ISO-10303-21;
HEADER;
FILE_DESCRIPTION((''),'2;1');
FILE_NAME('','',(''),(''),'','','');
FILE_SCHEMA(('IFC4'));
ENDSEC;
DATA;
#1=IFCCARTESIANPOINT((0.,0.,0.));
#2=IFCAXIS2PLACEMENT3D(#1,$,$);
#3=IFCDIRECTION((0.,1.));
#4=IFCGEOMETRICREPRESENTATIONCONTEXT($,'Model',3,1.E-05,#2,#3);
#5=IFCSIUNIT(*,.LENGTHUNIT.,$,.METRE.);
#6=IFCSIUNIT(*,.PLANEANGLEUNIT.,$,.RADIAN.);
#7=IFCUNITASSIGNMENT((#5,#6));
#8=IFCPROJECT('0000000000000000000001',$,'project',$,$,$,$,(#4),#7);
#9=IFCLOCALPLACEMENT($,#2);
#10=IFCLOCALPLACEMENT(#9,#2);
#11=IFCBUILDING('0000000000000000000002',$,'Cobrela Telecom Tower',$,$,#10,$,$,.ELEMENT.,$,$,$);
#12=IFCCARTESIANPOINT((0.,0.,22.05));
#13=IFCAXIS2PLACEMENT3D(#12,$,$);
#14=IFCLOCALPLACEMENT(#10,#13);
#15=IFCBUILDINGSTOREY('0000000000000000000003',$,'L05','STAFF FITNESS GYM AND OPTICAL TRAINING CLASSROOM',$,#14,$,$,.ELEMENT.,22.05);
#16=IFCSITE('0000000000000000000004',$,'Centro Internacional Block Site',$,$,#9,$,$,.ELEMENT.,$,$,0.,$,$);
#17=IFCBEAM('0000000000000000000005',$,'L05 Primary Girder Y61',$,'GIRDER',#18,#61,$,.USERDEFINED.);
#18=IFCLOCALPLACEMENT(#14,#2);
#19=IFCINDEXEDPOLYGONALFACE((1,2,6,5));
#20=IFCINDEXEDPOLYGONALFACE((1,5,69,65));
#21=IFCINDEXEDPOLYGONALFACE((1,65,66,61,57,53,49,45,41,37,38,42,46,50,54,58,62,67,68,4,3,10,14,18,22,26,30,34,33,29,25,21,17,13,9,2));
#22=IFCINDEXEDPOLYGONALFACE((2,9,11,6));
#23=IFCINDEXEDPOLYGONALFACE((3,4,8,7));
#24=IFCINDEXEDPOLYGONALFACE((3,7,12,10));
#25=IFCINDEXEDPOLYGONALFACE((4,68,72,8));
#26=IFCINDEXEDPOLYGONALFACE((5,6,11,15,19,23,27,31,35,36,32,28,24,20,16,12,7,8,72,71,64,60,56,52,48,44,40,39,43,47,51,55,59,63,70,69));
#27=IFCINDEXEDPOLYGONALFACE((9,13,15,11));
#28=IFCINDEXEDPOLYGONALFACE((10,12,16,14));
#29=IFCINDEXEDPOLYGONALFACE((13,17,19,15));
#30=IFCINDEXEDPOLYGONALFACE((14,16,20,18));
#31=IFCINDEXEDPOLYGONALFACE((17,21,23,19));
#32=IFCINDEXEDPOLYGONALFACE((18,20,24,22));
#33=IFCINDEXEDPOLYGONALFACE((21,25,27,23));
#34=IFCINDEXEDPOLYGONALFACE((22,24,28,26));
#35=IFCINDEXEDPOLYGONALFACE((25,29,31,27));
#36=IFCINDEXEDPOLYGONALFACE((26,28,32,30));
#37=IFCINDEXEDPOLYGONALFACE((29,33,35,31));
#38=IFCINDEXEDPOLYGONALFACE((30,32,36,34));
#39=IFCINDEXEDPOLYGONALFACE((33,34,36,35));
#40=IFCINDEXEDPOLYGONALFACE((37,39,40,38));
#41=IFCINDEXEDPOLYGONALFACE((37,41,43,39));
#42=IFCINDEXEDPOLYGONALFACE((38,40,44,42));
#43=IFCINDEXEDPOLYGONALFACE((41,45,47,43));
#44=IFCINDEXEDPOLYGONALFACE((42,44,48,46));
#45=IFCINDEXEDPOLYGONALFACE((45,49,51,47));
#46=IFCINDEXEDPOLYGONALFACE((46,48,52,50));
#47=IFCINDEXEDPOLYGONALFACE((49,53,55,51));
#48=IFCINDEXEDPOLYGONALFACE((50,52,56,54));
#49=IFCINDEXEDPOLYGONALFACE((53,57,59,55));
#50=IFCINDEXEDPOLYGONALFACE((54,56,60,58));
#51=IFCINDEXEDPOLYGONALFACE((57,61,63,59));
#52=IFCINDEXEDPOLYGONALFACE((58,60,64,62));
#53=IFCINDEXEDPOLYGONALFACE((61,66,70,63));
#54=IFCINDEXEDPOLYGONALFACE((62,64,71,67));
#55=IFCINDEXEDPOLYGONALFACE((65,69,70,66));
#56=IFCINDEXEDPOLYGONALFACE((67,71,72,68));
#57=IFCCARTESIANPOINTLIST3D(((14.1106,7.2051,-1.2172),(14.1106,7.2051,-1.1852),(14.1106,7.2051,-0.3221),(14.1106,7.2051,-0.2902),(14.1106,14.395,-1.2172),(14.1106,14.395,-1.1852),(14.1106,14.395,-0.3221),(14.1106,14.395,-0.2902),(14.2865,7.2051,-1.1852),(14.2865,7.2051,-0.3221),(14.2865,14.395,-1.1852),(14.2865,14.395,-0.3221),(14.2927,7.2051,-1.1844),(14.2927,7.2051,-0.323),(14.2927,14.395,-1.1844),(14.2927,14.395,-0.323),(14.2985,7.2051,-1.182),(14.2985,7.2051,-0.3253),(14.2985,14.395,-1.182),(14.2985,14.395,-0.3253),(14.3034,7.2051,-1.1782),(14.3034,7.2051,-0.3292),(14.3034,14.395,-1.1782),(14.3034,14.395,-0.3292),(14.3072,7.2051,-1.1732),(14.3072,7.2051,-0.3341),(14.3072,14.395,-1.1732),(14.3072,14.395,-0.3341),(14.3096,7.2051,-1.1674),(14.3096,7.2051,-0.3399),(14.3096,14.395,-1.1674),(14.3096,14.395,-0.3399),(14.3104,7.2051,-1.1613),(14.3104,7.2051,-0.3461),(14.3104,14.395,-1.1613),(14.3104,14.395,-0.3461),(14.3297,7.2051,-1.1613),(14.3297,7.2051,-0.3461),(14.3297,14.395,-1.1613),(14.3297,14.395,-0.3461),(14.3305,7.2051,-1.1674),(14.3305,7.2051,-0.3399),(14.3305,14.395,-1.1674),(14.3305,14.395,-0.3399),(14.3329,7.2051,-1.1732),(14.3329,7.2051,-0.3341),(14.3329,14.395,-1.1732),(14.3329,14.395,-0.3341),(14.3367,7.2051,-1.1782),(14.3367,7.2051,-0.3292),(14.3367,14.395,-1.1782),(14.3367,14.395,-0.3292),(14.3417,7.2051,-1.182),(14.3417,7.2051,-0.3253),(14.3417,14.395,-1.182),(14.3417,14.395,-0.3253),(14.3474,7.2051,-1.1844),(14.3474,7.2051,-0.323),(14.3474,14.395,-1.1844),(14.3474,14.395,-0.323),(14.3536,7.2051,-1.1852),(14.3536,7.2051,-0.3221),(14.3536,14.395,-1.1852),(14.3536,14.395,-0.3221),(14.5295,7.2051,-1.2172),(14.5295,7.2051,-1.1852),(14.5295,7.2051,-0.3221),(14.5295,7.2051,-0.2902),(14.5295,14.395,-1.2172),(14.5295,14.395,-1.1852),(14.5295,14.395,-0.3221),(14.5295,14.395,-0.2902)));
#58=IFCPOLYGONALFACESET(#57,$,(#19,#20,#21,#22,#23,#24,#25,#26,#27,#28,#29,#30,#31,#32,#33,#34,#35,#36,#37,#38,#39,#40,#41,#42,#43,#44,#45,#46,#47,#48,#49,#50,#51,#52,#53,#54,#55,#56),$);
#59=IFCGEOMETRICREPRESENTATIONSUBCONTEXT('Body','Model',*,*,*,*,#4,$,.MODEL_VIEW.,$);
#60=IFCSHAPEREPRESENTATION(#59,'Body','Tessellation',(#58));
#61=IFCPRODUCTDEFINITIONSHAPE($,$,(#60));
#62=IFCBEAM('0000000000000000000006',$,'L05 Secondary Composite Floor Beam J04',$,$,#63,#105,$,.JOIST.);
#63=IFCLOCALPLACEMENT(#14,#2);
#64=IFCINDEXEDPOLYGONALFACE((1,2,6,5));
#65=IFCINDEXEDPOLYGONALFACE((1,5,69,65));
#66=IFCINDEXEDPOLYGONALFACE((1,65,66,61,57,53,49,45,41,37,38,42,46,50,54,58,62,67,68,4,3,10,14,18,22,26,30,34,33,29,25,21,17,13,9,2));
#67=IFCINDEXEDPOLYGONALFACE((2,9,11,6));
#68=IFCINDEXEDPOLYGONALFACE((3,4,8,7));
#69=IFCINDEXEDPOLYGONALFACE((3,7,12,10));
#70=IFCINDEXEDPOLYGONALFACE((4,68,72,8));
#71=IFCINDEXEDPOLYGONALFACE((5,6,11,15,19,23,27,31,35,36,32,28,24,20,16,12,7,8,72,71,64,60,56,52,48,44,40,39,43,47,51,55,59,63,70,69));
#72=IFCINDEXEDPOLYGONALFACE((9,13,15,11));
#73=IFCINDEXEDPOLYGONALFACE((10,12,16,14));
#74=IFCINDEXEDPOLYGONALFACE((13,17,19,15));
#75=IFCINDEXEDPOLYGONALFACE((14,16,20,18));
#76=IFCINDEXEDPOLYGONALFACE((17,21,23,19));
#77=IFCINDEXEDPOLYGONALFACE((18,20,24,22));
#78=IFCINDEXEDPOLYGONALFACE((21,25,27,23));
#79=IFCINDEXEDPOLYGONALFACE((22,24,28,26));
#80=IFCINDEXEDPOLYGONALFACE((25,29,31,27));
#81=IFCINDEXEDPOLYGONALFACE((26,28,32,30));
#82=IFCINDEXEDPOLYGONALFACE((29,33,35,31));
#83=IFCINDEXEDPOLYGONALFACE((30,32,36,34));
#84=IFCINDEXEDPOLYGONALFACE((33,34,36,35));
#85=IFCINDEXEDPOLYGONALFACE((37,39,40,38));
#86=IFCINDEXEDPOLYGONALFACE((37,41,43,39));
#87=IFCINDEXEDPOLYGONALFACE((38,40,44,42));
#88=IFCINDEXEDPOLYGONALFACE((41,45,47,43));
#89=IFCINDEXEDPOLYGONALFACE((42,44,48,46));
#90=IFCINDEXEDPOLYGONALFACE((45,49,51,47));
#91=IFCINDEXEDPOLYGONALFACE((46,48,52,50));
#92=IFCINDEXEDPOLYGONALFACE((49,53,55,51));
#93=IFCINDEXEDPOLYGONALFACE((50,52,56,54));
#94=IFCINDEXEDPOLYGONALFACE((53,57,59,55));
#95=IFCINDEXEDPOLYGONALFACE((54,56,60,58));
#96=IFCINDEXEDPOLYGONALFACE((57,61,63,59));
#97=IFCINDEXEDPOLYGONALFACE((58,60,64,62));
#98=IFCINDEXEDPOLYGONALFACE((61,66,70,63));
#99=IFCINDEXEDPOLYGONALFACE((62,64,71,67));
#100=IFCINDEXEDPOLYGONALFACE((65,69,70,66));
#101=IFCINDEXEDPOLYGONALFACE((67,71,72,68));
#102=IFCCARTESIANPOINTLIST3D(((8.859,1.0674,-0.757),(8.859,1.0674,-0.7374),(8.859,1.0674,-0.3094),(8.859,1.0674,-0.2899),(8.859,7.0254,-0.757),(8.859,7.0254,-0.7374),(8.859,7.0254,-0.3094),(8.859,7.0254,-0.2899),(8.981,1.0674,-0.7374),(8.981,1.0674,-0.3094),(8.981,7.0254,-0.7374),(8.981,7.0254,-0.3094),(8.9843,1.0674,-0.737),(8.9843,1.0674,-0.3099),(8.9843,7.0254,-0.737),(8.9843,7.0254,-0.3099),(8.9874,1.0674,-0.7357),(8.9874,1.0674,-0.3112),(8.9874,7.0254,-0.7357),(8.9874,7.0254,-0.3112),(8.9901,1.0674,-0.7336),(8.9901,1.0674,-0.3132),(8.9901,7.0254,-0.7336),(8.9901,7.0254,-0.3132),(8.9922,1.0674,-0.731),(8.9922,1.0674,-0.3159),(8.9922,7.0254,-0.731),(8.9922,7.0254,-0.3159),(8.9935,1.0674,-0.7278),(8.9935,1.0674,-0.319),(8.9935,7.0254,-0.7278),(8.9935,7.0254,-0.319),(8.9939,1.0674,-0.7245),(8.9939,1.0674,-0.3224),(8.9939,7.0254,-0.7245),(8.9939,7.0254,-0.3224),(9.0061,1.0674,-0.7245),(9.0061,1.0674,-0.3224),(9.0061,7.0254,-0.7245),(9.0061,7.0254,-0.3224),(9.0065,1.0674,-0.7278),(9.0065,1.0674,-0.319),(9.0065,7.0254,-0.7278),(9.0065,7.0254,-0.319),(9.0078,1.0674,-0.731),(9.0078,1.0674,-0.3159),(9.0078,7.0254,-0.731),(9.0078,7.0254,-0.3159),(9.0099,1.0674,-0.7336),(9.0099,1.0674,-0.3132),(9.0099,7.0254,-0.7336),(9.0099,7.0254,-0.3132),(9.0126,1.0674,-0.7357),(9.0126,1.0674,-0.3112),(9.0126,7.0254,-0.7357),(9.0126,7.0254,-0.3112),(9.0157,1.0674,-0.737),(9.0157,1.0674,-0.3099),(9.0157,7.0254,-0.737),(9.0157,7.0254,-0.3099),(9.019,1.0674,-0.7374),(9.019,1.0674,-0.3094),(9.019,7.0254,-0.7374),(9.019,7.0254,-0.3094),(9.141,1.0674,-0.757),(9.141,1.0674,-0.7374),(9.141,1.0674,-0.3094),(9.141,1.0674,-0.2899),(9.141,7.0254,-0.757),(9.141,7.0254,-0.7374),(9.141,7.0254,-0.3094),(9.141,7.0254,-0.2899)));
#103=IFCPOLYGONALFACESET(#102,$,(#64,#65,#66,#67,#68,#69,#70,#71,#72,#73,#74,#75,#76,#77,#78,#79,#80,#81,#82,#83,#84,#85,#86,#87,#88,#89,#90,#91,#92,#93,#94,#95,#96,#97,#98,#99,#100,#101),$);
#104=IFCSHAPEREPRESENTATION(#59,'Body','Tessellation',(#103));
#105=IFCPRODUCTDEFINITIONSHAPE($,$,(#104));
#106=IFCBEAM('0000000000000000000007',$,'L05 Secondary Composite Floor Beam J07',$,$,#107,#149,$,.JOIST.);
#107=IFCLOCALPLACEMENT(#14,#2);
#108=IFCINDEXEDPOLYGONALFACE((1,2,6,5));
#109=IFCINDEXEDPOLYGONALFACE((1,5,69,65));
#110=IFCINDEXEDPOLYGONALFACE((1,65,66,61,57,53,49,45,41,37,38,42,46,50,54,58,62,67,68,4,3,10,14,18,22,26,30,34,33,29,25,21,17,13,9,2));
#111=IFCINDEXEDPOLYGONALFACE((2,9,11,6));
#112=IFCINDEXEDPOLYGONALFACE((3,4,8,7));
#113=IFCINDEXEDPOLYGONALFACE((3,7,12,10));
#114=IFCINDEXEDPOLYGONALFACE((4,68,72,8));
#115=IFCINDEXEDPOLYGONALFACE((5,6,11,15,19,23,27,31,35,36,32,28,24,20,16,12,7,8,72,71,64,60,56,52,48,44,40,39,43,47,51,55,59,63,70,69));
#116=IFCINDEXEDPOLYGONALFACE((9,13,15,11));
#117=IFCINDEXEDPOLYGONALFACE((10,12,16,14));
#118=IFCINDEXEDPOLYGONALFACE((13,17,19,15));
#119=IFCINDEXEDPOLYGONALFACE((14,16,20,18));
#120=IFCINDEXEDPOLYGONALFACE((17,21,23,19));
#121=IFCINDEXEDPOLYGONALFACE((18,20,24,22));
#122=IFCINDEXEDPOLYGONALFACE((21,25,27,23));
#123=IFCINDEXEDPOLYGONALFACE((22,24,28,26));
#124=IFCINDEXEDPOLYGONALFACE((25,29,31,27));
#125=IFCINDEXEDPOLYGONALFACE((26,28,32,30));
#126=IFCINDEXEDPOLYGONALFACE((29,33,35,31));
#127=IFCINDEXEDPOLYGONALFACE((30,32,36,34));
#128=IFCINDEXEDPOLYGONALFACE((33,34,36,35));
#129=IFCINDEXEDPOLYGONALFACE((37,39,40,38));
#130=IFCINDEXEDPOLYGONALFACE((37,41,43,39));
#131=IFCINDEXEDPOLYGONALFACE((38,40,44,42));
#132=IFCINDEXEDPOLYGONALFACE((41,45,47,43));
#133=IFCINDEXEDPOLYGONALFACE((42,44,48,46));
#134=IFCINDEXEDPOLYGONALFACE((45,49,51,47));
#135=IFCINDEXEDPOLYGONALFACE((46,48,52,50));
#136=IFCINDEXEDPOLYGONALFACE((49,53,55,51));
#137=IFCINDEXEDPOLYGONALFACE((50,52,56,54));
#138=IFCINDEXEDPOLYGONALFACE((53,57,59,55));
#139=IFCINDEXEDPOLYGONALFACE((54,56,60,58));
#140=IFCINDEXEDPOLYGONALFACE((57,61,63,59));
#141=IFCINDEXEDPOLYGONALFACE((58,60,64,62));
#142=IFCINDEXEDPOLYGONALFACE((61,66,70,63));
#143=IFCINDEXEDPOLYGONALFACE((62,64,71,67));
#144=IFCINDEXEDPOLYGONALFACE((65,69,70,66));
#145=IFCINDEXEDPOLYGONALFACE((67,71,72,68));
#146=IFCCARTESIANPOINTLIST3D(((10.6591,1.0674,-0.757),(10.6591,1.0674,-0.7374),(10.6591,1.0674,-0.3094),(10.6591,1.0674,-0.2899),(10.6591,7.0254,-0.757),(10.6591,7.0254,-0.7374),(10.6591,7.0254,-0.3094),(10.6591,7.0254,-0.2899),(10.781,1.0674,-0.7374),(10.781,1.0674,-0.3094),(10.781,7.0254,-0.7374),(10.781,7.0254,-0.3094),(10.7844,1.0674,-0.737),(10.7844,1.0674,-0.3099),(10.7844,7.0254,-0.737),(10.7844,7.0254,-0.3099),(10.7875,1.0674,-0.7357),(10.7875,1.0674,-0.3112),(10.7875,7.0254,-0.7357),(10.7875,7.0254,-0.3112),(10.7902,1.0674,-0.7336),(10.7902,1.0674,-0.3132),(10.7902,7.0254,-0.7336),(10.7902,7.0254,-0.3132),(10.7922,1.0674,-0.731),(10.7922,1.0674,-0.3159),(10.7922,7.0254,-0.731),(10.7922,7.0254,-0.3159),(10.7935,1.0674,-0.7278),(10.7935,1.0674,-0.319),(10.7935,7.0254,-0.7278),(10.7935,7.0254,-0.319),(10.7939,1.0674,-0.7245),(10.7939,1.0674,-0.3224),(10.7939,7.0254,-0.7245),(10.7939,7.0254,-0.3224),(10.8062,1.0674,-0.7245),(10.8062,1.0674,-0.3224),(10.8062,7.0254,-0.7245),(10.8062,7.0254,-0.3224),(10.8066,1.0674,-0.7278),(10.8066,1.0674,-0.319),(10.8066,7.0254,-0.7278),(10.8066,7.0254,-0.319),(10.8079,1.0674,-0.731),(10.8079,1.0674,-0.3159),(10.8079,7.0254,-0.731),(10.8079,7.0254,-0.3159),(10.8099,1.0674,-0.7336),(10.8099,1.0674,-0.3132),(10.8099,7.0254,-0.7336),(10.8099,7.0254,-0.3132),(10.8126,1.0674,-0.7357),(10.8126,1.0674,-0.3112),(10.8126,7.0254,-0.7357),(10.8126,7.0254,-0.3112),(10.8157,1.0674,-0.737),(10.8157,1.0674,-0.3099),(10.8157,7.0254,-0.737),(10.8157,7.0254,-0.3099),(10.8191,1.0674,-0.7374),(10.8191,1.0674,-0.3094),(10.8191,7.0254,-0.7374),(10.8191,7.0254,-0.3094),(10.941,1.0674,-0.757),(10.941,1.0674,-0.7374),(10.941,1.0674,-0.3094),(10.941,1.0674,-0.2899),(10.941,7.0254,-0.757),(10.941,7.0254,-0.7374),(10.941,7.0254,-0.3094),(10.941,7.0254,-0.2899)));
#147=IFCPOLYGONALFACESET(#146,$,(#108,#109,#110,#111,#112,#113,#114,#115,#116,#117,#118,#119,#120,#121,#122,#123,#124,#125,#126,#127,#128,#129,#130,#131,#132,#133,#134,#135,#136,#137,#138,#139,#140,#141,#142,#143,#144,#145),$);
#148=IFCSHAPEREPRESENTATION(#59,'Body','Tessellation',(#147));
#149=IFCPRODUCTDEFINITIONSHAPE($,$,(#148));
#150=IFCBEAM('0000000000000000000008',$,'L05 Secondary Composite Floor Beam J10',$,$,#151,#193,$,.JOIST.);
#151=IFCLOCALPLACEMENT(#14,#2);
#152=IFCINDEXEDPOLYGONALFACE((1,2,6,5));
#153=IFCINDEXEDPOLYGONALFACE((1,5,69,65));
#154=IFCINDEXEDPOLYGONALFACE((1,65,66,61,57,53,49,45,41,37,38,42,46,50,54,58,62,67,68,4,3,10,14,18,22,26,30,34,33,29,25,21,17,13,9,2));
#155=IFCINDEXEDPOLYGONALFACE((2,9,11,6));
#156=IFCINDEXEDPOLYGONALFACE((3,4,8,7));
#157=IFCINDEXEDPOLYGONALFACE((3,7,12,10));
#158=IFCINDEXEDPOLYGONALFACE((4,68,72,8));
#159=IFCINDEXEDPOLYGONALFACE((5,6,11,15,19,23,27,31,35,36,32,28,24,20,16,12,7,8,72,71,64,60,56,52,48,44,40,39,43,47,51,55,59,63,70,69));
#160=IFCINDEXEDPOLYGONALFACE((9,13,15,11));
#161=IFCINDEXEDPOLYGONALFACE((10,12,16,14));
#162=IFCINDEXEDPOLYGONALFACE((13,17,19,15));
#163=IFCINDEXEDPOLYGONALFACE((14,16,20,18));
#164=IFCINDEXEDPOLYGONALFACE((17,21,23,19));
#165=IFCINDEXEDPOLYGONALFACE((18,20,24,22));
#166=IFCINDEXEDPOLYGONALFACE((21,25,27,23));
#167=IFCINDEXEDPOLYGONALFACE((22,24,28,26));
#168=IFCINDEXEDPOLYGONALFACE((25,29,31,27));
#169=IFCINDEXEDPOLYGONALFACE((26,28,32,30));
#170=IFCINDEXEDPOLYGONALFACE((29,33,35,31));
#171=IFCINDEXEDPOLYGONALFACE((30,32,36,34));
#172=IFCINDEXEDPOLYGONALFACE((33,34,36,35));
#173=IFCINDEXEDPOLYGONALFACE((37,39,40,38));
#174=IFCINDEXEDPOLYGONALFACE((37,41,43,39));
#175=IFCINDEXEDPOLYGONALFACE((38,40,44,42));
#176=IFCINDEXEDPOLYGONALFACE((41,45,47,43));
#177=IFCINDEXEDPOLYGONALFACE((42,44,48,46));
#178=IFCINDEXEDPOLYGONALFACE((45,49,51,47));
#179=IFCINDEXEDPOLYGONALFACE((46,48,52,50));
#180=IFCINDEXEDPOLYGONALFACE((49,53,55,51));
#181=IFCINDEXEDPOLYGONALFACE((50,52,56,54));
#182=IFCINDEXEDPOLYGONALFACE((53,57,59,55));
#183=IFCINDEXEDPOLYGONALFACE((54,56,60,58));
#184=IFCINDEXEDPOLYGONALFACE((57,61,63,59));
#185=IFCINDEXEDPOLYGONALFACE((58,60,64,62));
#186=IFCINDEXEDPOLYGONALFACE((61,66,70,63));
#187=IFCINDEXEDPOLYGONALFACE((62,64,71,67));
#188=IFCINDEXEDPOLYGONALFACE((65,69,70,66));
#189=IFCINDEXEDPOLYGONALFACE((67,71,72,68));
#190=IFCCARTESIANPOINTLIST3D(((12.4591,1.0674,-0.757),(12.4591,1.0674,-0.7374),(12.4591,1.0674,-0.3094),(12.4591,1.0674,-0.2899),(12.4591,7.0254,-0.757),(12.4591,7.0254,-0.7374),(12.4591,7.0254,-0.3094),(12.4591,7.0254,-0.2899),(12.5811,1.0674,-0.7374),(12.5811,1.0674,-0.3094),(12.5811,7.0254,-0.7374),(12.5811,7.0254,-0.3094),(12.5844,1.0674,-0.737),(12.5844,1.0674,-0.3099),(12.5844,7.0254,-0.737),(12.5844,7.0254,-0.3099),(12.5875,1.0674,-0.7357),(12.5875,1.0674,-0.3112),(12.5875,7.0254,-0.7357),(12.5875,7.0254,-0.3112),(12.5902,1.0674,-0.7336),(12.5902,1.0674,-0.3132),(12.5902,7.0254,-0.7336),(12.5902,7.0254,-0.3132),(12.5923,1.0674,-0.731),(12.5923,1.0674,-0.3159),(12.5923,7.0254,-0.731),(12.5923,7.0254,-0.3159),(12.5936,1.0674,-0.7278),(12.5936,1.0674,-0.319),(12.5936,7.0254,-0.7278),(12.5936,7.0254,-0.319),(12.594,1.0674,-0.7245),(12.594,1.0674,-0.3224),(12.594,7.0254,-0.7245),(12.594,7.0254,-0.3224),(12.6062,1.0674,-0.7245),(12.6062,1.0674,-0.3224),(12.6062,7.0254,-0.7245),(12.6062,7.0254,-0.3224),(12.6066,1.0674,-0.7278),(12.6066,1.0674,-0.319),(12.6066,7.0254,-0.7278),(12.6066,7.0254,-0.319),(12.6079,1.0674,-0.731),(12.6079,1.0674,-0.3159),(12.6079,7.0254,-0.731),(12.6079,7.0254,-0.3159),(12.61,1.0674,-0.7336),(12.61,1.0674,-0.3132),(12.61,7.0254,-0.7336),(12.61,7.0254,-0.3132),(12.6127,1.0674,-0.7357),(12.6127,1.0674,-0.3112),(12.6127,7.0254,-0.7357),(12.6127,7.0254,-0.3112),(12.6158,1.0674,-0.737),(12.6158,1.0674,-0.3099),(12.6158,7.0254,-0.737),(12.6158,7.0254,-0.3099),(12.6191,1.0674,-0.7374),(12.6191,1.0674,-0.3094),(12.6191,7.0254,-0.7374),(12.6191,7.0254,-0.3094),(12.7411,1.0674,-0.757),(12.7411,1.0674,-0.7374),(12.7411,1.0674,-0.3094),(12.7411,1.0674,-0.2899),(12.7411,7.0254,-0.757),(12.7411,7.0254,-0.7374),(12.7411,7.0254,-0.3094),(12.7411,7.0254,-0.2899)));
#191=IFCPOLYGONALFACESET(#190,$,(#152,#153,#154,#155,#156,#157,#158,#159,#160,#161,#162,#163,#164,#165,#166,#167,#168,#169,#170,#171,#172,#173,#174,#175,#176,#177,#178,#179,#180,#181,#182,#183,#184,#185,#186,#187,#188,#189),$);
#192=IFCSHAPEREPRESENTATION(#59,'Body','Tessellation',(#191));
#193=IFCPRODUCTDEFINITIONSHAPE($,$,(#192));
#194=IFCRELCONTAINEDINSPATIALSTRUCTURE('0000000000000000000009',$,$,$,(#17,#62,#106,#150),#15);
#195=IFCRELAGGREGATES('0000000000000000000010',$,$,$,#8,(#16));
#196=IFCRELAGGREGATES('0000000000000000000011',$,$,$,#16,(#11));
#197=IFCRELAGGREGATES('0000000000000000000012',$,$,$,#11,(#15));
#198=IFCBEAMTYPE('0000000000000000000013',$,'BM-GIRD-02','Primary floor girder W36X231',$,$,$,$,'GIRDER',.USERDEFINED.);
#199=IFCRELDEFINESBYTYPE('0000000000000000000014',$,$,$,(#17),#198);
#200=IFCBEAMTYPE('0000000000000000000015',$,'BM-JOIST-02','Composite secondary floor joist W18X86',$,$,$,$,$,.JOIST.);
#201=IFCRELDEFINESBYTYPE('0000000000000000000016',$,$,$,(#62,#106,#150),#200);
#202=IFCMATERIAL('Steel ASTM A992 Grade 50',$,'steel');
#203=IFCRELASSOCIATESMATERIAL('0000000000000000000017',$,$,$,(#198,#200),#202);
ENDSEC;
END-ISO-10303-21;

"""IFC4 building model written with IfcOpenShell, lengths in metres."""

from ifc_helpers import new_model, si_unit, direction, frame, origin, origin_2d, place, context, subcontext, project, spatial, i_section, extrude, material, material_profile, profile_set, type_object, element, save


model = new_model("IFC4")

# Units and contexts
model_context = context("Model", 3, precision=1e-05, world=origin(), true_north=direction((0.0, 1.0)))
body_context = subcontext(model_context, "Body", "Model", "MODEL_VIEW")
ifc_project = project(units=[si_unit("LENGTHUNIT", "METRE"), si_unit("PLANEANGLEUNIT", "RADIAN")], contexts=[model_context])

# Site, building, storey
site_placement = place(None, origin())
site = spatial("IfcSite", under=ifc_project, at=site_placement, Name="Centro Internacional Block Site", CompositionType="ELEMENT", RefElevation=0.0)
building_placement = place(site_placement, origin())
building = spatial("IfcBuilding", under=site, at=building_placement, Name="Cobrela Telecom Tower", CompositionType="ELEMENT")
storey_placement = place(building_placement, frame((0.0, 0.0, 22.05)))
storey = spatial("IfcBuildingStorey", under=building, at=storey_placement, Name="L05", Description="STAFF FITNESS GYM AND OPTICAL TRAINING CLASSROOM", CompositionType="ELEMENT", Elevation=22.05)

# Beams
ifc_material_1 = material(Name="Steel ASTM A992 Grade 50", Category="steel")
ifc_material_profile_1 = material_profile(ifc_material_1, i_section(OverallWidth=0.4189, OverallDepth=0.927, WebThickness=0.0193, FlangeThickness=0.032, FilletRadius=0.0239, at=origin_2d()), Name="W36X231")
ifc_profile_set_1 = profile_set([ifc_material_profile_1], Name="Steel ASTM A992 Grade 50")
beam_type_1 = type_object("IfcBeamType", Name="BM-GIRD-02", Description="Primary floor girder W36X231", ElementType="GIRDER", PredefinedType="USERDEFINED", material=ifc_profile_set_1)
beam_1_placement = place(storey_placement, frame((14.3201, 7.2051, -0.7537), z_axis=(0.0, 1.0, 0.0), x_axis=(-1.0, 0.0, 0.0)))
element("IfcBeam", 1, at=beam_1_placement, inside=storey, type_object=beam_type_1, Name="L05 Primary Girder Y61", ObjectType="GIRDER", PredefinedType="USERDEFINED", context=body_context, shape_type="SweptSolid", body=[
    extrude(i_section(OverallWidth=0.4189, OverallDepth=0.927, WebThickness=0.0193, FlangeThickness=0.032, FilletRadius=0.0239, at=origin_2d()), origin(), (0.0, 0.0, 1.0), 7.1899),
])
ifc_material_profile_2 = material_profile(ifc_material_1, i_section(OverallWidth=0.282, OverallDepth=0.467, WebThickness=0.0122, FlangeThickness=0.0195, FilletRadius=0.0129, at=origin_2d()), Name="W18X86")
ifc_profile_set_2 = profile_set([ifc_material_profile_2], Name="Steel ASTM A992 Grade 50")
beam_type_2 = type_object("IfcBeamType", Name="BM-JOIST-02", Description="Composite secondary floor joist W18X86", PredefinedType="JOIST", material=ifc_profile_set_2)
for number, where, z_axis, x_axis, name in (
    (2, (9.0, 1.0674, -0.5234), (0.0, 1.0, 0.0), (-1.0, 0.0, 0.0), "L05 Secondary Composite Floor Beam J04"),
    (3, (10.8, 1.0674, -0.5234), (0.0, 1.0, 0.0), (-1.0, 0.0, 0.0), "L05 Secondary Composite Floor Beam J07"),
    (4, (12.6001, 1.0674, -0.5234), (0.0, 1.0, 0.0), (-1.0, 0.0, 0.0), "L05 Secondary Composite Floor Beam J10"),
):
    element("IfcBeam", number, at=place(storey_placement, frame(where, z_axis=z_axis, x_axis=x_axis)), inside=storey, type_object=beam_type_2, Name=name, PredefinedType="JOIST", context=body_context, shape_type="SweptSolid", body=[
        extrude(i_section(OverallWidth=0.282, OverallDepth=0.467, WebThickness=0.0122, FlangeThickness=0.0195, FilletRadius=0.0129, at=origin_2d()), origin(), (0.0, 0.0, 1.0), 5.958),
    ])

save(model, "model.ifc")
